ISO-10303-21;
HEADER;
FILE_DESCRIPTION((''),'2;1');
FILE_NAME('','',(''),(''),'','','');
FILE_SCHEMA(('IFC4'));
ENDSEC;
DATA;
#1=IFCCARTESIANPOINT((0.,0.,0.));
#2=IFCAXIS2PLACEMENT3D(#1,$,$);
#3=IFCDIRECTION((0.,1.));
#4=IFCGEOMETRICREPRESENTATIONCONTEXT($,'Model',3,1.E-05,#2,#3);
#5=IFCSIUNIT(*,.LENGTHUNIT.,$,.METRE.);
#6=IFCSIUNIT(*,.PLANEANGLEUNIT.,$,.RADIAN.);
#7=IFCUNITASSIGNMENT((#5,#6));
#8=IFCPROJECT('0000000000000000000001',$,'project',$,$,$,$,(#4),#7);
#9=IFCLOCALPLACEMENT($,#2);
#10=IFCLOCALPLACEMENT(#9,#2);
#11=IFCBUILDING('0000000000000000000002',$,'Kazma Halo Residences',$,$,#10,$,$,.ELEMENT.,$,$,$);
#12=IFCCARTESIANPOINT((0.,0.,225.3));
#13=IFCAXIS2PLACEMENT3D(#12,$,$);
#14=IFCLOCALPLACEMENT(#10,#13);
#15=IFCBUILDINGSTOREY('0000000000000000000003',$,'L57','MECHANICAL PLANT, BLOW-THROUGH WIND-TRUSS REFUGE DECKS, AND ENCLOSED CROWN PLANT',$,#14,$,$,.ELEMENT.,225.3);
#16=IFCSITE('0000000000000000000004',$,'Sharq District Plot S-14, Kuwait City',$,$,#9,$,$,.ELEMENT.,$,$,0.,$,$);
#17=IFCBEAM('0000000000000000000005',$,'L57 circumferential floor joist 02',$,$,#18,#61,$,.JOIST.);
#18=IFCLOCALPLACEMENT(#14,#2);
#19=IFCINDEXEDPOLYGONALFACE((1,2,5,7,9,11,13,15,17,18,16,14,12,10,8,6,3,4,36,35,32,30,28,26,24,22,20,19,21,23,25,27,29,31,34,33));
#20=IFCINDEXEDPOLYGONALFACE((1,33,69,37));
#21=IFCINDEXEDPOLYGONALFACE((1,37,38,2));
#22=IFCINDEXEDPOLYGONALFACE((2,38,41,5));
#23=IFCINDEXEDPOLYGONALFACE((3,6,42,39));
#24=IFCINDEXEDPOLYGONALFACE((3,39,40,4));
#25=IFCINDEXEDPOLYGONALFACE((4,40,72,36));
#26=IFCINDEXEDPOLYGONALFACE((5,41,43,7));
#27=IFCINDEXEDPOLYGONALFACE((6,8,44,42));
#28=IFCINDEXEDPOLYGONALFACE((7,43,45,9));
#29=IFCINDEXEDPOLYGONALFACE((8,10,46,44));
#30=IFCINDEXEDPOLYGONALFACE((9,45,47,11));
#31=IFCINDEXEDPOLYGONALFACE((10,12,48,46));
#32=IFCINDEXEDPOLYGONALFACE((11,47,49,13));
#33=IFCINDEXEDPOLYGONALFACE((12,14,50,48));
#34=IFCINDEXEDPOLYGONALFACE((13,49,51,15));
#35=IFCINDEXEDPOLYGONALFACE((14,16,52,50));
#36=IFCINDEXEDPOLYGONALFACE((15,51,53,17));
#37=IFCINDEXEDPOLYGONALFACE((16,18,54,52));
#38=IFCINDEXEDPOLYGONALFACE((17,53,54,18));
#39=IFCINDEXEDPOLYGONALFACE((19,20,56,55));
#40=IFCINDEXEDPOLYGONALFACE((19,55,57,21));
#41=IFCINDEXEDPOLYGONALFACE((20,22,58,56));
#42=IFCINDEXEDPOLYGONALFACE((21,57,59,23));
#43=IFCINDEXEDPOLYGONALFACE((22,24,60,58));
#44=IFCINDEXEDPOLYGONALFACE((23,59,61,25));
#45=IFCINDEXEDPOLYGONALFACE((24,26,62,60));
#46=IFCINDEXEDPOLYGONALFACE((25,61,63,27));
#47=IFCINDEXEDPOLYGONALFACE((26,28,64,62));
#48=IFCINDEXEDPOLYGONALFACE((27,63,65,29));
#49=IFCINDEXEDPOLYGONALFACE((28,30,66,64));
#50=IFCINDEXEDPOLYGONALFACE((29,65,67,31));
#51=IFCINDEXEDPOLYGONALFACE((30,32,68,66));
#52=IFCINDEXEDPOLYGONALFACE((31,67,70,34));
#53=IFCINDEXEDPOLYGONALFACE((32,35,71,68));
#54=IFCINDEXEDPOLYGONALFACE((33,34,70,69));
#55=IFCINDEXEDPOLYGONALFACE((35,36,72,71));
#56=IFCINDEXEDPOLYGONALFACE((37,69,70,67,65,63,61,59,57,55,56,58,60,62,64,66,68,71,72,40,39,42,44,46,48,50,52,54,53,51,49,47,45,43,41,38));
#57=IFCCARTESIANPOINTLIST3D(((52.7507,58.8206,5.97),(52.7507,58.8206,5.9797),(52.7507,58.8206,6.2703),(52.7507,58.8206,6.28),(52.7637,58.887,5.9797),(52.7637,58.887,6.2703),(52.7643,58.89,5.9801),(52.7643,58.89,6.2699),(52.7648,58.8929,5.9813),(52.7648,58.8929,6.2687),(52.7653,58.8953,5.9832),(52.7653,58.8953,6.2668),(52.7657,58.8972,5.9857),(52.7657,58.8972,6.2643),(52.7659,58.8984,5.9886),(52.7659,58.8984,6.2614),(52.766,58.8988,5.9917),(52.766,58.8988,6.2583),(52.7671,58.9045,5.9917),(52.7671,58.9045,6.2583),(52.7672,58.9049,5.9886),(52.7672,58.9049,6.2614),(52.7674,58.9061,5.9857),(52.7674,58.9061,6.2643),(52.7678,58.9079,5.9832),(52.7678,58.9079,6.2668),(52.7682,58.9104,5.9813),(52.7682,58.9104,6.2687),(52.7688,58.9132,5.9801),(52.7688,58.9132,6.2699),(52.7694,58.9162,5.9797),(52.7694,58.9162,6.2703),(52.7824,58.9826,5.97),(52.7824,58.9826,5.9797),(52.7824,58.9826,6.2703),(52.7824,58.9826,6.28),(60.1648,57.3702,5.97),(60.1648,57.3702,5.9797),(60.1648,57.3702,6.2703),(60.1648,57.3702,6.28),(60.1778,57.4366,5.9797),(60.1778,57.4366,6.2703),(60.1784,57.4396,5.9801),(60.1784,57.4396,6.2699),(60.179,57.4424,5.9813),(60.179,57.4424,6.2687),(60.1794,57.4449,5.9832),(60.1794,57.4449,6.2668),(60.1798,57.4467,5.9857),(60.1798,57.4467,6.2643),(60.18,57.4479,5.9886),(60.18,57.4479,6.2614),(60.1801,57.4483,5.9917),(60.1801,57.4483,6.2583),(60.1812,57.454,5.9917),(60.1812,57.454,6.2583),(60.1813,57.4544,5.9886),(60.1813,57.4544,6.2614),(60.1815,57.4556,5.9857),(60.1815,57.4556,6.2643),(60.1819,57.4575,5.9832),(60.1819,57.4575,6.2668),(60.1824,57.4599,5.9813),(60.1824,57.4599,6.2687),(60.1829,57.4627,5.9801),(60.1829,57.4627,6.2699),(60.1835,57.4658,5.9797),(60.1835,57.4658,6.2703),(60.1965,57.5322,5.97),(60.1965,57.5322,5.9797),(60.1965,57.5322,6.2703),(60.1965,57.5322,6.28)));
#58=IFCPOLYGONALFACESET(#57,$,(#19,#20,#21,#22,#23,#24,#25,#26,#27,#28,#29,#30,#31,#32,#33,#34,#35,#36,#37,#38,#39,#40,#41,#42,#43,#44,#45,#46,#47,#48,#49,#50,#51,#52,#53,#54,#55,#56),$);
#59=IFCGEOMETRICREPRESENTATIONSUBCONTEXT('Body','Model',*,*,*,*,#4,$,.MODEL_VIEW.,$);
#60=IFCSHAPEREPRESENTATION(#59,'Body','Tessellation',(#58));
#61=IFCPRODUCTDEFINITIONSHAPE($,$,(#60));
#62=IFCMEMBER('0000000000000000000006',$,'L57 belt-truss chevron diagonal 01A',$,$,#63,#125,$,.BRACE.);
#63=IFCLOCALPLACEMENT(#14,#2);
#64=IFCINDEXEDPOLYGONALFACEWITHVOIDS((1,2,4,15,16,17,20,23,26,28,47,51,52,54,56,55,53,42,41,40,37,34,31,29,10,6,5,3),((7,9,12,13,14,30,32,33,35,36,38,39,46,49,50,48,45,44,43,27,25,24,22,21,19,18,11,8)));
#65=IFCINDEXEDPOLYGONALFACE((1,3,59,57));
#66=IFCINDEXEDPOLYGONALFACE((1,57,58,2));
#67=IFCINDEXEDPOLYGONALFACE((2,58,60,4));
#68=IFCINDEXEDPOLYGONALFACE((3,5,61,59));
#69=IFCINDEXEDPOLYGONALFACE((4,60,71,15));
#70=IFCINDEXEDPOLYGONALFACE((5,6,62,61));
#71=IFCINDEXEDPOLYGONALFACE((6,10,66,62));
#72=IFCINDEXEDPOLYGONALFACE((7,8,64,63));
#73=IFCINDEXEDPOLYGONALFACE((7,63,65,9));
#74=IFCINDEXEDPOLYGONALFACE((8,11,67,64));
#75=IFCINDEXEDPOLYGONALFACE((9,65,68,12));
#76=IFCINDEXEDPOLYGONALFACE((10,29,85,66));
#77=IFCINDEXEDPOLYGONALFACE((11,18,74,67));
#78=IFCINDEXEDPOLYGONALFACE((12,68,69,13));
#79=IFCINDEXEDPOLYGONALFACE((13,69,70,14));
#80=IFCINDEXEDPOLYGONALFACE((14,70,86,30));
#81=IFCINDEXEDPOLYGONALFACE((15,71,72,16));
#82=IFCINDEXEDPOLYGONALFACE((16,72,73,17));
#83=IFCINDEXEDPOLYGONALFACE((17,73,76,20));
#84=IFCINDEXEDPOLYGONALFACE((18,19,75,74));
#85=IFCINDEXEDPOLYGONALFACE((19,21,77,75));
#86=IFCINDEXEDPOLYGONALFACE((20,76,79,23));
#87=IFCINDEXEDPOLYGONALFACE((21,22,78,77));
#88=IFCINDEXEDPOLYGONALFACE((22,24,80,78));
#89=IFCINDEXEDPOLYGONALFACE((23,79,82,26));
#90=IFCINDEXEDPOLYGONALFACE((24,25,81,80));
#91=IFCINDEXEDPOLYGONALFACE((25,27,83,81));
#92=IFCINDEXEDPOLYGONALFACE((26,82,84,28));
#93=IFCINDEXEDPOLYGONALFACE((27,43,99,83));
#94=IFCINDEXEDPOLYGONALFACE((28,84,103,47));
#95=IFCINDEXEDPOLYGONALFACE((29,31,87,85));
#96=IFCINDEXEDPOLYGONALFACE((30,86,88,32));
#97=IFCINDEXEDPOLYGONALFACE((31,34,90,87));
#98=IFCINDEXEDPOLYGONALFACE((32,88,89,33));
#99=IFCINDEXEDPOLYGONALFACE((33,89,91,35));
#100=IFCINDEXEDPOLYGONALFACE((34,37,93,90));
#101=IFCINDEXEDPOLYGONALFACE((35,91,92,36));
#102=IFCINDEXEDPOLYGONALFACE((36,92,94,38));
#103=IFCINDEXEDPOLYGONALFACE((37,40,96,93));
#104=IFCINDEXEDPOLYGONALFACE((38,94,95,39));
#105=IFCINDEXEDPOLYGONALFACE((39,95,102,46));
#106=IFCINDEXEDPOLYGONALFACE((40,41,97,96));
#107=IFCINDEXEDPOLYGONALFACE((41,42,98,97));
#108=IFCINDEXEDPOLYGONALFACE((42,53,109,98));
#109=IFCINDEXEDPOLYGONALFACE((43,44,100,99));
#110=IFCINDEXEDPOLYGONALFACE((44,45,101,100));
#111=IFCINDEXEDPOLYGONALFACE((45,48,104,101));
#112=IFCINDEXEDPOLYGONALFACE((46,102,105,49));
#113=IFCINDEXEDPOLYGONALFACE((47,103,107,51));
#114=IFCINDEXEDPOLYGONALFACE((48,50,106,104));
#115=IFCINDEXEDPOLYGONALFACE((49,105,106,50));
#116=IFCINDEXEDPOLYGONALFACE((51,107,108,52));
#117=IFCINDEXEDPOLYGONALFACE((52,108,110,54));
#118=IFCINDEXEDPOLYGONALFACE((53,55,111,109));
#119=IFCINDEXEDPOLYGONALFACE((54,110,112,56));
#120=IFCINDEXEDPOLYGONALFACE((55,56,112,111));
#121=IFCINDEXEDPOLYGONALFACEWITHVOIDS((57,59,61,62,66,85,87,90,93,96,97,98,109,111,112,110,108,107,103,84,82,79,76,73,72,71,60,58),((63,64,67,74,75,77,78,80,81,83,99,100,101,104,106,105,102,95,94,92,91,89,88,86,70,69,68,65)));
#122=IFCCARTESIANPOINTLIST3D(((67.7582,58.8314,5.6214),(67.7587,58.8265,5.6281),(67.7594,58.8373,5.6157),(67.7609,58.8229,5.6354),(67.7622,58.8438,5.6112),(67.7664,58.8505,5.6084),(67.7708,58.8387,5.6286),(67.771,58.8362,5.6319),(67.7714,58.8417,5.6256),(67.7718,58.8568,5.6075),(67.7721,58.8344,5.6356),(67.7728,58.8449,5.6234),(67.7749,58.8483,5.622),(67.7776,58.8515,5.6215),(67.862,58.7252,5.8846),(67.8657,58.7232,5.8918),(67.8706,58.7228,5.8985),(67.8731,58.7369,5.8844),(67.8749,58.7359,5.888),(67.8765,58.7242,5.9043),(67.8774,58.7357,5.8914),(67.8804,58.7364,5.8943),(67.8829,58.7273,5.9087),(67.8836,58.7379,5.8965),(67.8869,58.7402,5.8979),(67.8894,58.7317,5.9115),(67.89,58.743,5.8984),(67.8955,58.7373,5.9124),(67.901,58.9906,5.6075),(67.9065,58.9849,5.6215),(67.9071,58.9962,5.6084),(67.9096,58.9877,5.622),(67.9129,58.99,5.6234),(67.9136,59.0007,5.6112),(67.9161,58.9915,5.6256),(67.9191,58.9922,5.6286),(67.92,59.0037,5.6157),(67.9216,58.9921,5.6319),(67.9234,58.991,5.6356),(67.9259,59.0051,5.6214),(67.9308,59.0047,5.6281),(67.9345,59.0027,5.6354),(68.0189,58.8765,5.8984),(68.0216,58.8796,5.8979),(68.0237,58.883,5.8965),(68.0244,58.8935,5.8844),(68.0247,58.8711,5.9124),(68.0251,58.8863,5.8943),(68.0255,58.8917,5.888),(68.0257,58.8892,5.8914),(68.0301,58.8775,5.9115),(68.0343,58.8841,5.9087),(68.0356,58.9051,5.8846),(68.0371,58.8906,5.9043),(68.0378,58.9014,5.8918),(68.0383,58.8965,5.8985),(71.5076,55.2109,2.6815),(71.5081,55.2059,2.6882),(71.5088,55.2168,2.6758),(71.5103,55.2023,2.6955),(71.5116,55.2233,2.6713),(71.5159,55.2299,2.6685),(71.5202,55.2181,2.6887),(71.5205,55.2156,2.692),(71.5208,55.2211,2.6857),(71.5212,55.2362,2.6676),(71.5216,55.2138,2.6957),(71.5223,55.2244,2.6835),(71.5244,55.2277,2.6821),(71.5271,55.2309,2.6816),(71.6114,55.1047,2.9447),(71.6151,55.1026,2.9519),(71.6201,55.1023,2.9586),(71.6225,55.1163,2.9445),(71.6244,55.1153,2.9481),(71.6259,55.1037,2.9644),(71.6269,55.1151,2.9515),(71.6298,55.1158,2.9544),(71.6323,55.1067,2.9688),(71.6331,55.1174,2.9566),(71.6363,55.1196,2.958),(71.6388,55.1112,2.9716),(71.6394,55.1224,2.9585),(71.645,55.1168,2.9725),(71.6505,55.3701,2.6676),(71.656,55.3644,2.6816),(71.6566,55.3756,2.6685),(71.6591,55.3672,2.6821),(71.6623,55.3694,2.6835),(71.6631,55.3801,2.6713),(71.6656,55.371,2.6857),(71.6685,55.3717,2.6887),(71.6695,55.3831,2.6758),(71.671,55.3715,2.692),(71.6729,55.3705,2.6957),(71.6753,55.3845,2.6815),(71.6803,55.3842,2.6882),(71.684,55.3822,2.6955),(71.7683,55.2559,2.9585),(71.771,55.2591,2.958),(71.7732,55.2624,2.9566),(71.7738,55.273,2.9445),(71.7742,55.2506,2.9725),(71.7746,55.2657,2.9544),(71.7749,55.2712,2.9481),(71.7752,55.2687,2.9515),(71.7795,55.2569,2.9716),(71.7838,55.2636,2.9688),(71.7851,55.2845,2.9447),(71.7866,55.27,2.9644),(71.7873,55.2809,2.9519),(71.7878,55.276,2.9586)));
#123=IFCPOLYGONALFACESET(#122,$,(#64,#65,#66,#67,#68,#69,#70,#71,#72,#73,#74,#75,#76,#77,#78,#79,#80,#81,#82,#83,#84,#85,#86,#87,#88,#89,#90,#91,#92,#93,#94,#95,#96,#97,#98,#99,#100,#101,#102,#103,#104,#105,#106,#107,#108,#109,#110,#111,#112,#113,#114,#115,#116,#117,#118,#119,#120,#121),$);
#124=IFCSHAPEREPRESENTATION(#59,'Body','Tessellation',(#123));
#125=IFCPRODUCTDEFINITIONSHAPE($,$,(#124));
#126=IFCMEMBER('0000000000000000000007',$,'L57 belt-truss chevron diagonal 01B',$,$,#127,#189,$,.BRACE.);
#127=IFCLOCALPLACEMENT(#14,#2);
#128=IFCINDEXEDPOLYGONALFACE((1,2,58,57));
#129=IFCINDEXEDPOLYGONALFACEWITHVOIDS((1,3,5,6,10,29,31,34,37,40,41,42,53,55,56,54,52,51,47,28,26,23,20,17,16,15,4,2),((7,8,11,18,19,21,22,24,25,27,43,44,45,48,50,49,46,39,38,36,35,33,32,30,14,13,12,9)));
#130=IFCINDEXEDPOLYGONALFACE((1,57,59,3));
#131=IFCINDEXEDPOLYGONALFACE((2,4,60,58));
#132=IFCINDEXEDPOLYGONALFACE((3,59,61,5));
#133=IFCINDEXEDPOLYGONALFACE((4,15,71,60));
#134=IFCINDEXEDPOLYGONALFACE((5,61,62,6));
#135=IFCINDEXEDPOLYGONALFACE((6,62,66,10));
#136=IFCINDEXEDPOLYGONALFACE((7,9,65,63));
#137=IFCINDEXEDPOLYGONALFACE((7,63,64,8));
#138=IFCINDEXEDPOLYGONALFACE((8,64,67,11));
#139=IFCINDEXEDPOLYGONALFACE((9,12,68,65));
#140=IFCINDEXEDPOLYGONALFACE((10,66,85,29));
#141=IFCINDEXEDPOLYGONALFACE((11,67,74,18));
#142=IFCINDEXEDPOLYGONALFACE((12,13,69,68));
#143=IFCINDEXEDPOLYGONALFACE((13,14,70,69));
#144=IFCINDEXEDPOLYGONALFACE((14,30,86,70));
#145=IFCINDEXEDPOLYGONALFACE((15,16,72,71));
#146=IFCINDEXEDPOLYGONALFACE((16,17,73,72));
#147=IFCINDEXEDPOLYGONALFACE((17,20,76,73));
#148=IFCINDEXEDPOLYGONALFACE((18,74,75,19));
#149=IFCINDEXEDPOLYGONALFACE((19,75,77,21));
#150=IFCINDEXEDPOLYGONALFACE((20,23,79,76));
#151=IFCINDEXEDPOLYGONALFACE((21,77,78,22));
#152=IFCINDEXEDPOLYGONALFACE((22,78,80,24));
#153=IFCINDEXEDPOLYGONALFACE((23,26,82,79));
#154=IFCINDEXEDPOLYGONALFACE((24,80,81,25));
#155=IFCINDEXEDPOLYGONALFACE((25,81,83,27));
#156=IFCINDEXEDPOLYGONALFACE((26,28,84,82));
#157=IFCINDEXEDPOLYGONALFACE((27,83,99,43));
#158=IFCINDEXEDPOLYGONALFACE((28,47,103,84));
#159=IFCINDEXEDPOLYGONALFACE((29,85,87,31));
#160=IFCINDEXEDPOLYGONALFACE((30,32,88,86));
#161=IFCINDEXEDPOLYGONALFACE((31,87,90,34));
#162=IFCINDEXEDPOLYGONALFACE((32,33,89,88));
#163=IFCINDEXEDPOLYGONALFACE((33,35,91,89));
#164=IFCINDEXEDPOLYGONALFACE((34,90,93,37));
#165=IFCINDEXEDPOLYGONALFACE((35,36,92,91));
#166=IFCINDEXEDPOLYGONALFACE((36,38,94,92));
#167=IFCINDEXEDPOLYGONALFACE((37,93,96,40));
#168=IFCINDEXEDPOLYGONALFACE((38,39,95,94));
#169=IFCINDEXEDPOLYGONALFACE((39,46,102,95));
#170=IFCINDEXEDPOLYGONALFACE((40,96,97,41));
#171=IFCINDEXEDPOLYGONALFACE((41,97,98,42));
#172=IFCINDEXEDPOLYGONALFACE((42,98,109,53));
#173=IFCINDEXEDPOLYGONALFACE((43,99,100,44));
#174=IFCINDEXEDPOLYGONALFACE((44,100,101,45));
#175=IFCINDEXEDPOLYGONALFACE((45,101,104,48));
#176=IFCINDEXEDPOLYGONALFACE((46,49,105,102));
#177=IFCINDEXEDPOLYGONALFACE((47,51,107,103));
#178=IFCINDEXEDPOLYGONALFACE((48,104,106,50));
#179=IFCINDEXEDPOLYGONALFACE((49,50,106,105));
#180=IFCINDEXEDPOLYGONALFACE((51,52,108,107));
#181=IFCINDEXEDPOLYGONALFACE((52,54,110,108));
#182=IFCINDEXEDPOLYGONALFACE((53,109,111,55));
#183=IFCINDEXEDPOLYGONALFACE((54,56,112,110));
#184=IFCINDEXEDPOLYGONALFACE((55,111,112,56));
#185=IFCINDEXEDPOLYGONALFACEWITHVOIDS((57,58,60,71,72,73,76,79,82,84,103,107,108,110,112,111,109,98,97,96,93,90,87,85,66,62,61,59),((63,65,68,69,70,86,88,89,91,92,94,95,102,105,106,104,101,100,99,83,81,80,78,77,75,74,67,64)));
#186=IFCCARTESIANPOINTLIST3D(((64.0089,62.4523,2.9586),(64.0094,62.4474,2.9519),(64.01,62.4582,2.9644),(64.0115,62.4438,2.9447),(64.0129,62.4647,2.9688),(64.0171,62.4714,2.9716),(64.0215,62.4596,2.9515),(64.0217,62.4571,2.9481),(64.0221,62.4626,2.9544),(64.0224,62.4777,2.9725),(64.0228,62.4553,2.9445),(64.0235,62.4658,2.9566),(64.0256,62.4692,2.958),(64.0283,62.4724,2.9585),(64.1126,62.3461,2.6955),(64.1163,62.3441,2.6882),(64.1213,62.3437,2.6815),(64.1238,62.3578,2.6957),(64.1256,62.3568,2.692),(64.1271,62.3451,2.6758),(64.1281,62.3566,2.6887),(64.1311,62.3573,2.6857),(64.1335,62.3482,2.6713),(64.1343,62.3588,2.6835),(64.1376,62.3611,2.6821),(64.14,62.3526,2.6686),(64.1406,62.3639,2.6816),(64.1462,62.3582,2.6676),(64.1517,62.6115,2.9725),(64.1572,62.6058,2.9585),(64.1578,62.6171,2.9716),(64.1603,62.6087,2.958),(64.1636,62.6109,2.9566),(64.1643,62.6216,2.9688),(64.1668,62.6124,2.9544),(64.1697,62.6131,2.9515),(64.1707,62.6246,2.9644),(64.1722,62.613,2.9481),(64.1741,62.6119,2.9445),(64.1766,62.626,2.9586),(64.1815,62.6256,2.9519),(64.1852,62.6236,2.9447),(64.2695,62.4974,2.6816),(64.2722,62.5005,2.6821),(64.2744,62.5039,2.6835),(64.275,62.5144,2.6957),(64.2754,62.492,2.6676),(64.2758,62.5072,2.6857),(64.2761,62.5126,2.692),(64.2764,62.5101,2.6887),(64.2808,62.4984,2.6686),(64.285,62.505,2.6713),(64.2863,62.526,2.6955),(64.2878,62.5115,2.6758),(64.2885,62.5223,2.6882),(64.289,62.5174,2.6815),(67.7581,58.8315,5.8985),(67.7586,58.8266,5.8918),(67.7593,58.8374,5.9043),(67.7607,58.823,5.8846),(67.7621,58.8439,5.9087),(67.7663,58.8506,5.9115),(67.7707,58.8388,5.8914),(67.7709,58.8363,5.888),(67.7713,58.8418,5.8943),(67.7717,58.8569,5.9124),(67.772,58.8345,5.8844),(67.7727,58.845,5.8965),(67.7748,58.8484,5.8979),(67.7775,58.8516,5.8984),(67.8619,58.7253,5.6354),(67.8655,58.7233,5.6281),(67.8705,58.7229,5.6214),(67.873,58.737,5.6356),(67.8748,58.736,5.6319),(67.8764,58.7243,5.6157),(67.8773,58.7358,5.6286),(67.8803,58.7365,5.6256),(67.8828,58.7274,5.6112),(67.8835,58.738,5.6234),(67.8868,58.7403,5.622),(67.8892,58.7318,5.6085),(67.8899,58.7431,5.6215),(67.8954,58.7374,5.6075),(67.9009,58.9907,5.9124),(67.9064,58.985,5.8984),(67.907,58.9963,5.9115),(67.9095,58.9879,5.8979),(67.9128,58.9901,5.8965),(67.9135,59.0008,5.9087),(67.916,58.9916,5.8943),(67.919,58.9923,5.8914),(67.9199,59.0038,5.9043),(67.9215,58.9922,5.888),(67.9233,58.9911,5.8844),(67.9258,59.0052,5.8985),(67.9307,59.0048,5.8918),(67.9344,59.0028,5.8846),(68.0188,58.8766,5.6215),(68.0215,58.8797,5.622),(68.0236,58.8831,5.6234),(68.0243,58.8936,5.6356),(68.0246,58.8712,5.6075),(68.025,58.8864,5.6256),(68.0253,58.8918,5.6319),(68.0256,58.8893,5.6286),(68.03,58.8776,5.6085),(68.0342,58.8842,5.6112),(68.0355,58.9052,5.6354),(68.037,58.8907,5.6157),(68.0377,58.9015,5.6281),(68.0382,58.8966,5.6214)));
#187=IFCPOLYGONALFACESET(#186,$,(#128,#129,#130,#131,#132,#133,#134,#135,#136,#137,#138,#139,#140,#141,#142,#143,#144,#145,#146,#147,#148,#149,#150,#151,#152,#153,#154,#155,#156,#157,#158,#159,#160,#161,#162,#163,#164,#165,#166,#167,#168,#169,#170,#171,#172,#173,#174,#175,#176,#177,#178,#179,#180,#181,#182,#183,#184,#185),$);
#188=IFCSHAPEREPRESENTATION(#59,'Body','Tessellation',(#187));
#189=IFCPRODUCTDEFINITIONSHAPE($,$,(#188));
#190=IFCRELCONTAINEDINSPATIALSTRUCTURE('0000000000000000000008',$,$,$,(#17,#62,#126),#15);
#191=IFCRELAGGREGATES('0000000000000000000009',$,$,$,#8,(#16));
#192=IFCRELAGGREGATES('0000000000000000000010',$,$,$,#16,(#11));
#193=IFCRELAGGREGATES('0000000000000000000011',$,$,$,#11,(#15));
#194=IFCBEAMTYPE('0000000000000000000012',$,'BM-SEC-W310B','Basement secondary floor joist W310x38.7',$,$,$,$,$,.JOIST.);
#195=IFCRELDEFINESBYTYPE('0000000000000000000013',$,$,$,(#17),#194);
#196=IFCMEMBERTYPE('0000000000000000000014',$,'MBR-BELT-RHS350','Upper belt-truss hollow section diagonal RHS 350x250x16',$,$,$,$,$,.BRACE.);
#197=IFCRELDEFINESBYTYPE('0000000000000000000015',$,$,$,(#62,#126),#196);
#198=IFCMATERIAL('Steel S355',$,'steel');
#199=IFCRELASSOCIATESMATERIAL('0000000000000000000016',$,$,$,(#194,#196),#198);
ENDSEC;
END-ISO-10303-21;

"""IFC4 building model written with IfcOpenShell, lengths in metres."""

from ifc_helpers import new_model, si_unit, direction, frame, origin, origin_2d, place, context, subcontext, project, spatial, hollow_rectangle, i_section, extrude, material, material_profile, profile_set, type_object, element, save


model = new_model("IFC4")

# Units and contexts
model_context = context("Model", 3, precision=1e-05, world=origin(), true_north=direction((0.0, 1.0)))
body_context = subcontext(model_context, "Body", "Model", "MODEL_VIEW")
ifc_project = project(units=[si_unit("LENGTHUNIT", "METRE"), si_unit("PLANEANGLEUNIT", "RADIAN")], contexts=[model_context])

# Site, building, storey
site_placement = place(None, origin())
site = spatial("IfcSite", under=ifc_project, at=site_placement, Name="Sharq District Plot S-14, Kuwait City", CompositionType="ELEMENT", RefElevation=0.0)
building_placement = place(site_placement, origin())
building = spatial("IfcBuilding", under=site, at=building_placement, Name="Kazma Halo Residences", CompositionType="ELEMENT")
storey_placement = place(building_placement, frame((0.0, 0.0, 225.3)))
storey = spatial("IfcBuildingStorey", under=building, at=storey_placement, Name="L57", Description="MECHANICAL PLANT, BLOW-THROUGH WIND-TRUSS REFUGE DECKS, AND ENCLOSED CROWN PLANT", CompositionType="ELEMENT", Elevation=225.3)

# Beam
ifc_material_1 = material(Name="Steel S355", Category="steel")
ifc_material_profile_1 = material_profile(ifc_material_1, i_section(OverallWidth=0.165, OverallDepth=0.3101, WebThickness=0.0059, FlangeThickness=0.0098, FilletRadius=0.012, at=origin_2d()), Name="W310x38.7")
ifc_profile_set_1 = profile_set([ifc_material_profile_1], Name="Steel S355")
beam_type_1 = type_object("IfcBeamType", Name="BM-SEC-W310B", Description="Basement secondary floor joist W310x38.7", PredefinedType="JOIST", material=ifc_profile_set_1)
beam_1_placement = place(storey_placement, frame((60.1807, 57.4512, 6.125), z_axis=(-0.981396, 0.191994, 0.0), x_axis=(-0.191994, -0.981396, 0.0)))
element("IfcBeam", 1, at=beam_1_placement, inside=storey, type_object=beam_type_1, Name="L57 circumferential floor joist 02", PredefinedType="JOIST", context=body_context, shape_type="SweptSolid", body=[
    extrude(i_section(OverallWidth=0.165, OverallDepth=0.3101, WebThickness=0.0059, FlangeThickness=0.0098, FilletRadius=0.012, at=origin_2d()), origin(), (0.0, 0.0, 1.0), 7.5547),
])

# Members
ifc_material_profile_2 = material_profile(ifc_material_1, hollow_rectangle(XDim=0.25, YDim=0.3501, WallThickness=0.0161, InnerFilletRadius=0.0161, OuterFilletRadius=0.032, at=origin_2d()), Name="RHS350x250x16")
ifc_profile_set_2 = profile_set([ifc_material_profile_2], Name="Steel S355")
member_type_1 = type_object("IfcMemberType", Name="MBR-BELT-RHS350", Description="Upper belt-truss hollow section diagonal RHS 350x250x16", PredefinedType="BRACE", material=ifc_profile_set_2)
for number, where, z_axis, x_axis, name in (
    (2, (71.6477, 55.2434, 2.8201), (-0.626567, 0.605026, 0.491282), (-0.694633, -0.719364, 0.0), "L57 belt-truss chevron diagonal 01A"),
    (3, (64.1489, 62.4849, 2.8201), (0.626526, -0.605067, 0.491283), (0.694681, 0.719318, 0.0), "L57 belt-truss chevron diagonal 01B"),
):
    element("IfcMember", number, at=place(storey_placement, frame(where, z_axis=z_axis, x_axis=x_axis)), inside=storey, type_object=member_type_1, Name=name, PredefinedType="BRACE", context=body_context, shape_type="SweptSolid", body=[
        extrude(hollow_rectangle(XDim=0.25, YDim=0.3501, WallThickness=0.0161, InnerFilletRadius=0.0161, OuterFilletRadius=0.032, at=origin_2d()), origin(), (0.0, 0.0, 1.0), 5.9841),
    ])

save(model, "model.ifc")
